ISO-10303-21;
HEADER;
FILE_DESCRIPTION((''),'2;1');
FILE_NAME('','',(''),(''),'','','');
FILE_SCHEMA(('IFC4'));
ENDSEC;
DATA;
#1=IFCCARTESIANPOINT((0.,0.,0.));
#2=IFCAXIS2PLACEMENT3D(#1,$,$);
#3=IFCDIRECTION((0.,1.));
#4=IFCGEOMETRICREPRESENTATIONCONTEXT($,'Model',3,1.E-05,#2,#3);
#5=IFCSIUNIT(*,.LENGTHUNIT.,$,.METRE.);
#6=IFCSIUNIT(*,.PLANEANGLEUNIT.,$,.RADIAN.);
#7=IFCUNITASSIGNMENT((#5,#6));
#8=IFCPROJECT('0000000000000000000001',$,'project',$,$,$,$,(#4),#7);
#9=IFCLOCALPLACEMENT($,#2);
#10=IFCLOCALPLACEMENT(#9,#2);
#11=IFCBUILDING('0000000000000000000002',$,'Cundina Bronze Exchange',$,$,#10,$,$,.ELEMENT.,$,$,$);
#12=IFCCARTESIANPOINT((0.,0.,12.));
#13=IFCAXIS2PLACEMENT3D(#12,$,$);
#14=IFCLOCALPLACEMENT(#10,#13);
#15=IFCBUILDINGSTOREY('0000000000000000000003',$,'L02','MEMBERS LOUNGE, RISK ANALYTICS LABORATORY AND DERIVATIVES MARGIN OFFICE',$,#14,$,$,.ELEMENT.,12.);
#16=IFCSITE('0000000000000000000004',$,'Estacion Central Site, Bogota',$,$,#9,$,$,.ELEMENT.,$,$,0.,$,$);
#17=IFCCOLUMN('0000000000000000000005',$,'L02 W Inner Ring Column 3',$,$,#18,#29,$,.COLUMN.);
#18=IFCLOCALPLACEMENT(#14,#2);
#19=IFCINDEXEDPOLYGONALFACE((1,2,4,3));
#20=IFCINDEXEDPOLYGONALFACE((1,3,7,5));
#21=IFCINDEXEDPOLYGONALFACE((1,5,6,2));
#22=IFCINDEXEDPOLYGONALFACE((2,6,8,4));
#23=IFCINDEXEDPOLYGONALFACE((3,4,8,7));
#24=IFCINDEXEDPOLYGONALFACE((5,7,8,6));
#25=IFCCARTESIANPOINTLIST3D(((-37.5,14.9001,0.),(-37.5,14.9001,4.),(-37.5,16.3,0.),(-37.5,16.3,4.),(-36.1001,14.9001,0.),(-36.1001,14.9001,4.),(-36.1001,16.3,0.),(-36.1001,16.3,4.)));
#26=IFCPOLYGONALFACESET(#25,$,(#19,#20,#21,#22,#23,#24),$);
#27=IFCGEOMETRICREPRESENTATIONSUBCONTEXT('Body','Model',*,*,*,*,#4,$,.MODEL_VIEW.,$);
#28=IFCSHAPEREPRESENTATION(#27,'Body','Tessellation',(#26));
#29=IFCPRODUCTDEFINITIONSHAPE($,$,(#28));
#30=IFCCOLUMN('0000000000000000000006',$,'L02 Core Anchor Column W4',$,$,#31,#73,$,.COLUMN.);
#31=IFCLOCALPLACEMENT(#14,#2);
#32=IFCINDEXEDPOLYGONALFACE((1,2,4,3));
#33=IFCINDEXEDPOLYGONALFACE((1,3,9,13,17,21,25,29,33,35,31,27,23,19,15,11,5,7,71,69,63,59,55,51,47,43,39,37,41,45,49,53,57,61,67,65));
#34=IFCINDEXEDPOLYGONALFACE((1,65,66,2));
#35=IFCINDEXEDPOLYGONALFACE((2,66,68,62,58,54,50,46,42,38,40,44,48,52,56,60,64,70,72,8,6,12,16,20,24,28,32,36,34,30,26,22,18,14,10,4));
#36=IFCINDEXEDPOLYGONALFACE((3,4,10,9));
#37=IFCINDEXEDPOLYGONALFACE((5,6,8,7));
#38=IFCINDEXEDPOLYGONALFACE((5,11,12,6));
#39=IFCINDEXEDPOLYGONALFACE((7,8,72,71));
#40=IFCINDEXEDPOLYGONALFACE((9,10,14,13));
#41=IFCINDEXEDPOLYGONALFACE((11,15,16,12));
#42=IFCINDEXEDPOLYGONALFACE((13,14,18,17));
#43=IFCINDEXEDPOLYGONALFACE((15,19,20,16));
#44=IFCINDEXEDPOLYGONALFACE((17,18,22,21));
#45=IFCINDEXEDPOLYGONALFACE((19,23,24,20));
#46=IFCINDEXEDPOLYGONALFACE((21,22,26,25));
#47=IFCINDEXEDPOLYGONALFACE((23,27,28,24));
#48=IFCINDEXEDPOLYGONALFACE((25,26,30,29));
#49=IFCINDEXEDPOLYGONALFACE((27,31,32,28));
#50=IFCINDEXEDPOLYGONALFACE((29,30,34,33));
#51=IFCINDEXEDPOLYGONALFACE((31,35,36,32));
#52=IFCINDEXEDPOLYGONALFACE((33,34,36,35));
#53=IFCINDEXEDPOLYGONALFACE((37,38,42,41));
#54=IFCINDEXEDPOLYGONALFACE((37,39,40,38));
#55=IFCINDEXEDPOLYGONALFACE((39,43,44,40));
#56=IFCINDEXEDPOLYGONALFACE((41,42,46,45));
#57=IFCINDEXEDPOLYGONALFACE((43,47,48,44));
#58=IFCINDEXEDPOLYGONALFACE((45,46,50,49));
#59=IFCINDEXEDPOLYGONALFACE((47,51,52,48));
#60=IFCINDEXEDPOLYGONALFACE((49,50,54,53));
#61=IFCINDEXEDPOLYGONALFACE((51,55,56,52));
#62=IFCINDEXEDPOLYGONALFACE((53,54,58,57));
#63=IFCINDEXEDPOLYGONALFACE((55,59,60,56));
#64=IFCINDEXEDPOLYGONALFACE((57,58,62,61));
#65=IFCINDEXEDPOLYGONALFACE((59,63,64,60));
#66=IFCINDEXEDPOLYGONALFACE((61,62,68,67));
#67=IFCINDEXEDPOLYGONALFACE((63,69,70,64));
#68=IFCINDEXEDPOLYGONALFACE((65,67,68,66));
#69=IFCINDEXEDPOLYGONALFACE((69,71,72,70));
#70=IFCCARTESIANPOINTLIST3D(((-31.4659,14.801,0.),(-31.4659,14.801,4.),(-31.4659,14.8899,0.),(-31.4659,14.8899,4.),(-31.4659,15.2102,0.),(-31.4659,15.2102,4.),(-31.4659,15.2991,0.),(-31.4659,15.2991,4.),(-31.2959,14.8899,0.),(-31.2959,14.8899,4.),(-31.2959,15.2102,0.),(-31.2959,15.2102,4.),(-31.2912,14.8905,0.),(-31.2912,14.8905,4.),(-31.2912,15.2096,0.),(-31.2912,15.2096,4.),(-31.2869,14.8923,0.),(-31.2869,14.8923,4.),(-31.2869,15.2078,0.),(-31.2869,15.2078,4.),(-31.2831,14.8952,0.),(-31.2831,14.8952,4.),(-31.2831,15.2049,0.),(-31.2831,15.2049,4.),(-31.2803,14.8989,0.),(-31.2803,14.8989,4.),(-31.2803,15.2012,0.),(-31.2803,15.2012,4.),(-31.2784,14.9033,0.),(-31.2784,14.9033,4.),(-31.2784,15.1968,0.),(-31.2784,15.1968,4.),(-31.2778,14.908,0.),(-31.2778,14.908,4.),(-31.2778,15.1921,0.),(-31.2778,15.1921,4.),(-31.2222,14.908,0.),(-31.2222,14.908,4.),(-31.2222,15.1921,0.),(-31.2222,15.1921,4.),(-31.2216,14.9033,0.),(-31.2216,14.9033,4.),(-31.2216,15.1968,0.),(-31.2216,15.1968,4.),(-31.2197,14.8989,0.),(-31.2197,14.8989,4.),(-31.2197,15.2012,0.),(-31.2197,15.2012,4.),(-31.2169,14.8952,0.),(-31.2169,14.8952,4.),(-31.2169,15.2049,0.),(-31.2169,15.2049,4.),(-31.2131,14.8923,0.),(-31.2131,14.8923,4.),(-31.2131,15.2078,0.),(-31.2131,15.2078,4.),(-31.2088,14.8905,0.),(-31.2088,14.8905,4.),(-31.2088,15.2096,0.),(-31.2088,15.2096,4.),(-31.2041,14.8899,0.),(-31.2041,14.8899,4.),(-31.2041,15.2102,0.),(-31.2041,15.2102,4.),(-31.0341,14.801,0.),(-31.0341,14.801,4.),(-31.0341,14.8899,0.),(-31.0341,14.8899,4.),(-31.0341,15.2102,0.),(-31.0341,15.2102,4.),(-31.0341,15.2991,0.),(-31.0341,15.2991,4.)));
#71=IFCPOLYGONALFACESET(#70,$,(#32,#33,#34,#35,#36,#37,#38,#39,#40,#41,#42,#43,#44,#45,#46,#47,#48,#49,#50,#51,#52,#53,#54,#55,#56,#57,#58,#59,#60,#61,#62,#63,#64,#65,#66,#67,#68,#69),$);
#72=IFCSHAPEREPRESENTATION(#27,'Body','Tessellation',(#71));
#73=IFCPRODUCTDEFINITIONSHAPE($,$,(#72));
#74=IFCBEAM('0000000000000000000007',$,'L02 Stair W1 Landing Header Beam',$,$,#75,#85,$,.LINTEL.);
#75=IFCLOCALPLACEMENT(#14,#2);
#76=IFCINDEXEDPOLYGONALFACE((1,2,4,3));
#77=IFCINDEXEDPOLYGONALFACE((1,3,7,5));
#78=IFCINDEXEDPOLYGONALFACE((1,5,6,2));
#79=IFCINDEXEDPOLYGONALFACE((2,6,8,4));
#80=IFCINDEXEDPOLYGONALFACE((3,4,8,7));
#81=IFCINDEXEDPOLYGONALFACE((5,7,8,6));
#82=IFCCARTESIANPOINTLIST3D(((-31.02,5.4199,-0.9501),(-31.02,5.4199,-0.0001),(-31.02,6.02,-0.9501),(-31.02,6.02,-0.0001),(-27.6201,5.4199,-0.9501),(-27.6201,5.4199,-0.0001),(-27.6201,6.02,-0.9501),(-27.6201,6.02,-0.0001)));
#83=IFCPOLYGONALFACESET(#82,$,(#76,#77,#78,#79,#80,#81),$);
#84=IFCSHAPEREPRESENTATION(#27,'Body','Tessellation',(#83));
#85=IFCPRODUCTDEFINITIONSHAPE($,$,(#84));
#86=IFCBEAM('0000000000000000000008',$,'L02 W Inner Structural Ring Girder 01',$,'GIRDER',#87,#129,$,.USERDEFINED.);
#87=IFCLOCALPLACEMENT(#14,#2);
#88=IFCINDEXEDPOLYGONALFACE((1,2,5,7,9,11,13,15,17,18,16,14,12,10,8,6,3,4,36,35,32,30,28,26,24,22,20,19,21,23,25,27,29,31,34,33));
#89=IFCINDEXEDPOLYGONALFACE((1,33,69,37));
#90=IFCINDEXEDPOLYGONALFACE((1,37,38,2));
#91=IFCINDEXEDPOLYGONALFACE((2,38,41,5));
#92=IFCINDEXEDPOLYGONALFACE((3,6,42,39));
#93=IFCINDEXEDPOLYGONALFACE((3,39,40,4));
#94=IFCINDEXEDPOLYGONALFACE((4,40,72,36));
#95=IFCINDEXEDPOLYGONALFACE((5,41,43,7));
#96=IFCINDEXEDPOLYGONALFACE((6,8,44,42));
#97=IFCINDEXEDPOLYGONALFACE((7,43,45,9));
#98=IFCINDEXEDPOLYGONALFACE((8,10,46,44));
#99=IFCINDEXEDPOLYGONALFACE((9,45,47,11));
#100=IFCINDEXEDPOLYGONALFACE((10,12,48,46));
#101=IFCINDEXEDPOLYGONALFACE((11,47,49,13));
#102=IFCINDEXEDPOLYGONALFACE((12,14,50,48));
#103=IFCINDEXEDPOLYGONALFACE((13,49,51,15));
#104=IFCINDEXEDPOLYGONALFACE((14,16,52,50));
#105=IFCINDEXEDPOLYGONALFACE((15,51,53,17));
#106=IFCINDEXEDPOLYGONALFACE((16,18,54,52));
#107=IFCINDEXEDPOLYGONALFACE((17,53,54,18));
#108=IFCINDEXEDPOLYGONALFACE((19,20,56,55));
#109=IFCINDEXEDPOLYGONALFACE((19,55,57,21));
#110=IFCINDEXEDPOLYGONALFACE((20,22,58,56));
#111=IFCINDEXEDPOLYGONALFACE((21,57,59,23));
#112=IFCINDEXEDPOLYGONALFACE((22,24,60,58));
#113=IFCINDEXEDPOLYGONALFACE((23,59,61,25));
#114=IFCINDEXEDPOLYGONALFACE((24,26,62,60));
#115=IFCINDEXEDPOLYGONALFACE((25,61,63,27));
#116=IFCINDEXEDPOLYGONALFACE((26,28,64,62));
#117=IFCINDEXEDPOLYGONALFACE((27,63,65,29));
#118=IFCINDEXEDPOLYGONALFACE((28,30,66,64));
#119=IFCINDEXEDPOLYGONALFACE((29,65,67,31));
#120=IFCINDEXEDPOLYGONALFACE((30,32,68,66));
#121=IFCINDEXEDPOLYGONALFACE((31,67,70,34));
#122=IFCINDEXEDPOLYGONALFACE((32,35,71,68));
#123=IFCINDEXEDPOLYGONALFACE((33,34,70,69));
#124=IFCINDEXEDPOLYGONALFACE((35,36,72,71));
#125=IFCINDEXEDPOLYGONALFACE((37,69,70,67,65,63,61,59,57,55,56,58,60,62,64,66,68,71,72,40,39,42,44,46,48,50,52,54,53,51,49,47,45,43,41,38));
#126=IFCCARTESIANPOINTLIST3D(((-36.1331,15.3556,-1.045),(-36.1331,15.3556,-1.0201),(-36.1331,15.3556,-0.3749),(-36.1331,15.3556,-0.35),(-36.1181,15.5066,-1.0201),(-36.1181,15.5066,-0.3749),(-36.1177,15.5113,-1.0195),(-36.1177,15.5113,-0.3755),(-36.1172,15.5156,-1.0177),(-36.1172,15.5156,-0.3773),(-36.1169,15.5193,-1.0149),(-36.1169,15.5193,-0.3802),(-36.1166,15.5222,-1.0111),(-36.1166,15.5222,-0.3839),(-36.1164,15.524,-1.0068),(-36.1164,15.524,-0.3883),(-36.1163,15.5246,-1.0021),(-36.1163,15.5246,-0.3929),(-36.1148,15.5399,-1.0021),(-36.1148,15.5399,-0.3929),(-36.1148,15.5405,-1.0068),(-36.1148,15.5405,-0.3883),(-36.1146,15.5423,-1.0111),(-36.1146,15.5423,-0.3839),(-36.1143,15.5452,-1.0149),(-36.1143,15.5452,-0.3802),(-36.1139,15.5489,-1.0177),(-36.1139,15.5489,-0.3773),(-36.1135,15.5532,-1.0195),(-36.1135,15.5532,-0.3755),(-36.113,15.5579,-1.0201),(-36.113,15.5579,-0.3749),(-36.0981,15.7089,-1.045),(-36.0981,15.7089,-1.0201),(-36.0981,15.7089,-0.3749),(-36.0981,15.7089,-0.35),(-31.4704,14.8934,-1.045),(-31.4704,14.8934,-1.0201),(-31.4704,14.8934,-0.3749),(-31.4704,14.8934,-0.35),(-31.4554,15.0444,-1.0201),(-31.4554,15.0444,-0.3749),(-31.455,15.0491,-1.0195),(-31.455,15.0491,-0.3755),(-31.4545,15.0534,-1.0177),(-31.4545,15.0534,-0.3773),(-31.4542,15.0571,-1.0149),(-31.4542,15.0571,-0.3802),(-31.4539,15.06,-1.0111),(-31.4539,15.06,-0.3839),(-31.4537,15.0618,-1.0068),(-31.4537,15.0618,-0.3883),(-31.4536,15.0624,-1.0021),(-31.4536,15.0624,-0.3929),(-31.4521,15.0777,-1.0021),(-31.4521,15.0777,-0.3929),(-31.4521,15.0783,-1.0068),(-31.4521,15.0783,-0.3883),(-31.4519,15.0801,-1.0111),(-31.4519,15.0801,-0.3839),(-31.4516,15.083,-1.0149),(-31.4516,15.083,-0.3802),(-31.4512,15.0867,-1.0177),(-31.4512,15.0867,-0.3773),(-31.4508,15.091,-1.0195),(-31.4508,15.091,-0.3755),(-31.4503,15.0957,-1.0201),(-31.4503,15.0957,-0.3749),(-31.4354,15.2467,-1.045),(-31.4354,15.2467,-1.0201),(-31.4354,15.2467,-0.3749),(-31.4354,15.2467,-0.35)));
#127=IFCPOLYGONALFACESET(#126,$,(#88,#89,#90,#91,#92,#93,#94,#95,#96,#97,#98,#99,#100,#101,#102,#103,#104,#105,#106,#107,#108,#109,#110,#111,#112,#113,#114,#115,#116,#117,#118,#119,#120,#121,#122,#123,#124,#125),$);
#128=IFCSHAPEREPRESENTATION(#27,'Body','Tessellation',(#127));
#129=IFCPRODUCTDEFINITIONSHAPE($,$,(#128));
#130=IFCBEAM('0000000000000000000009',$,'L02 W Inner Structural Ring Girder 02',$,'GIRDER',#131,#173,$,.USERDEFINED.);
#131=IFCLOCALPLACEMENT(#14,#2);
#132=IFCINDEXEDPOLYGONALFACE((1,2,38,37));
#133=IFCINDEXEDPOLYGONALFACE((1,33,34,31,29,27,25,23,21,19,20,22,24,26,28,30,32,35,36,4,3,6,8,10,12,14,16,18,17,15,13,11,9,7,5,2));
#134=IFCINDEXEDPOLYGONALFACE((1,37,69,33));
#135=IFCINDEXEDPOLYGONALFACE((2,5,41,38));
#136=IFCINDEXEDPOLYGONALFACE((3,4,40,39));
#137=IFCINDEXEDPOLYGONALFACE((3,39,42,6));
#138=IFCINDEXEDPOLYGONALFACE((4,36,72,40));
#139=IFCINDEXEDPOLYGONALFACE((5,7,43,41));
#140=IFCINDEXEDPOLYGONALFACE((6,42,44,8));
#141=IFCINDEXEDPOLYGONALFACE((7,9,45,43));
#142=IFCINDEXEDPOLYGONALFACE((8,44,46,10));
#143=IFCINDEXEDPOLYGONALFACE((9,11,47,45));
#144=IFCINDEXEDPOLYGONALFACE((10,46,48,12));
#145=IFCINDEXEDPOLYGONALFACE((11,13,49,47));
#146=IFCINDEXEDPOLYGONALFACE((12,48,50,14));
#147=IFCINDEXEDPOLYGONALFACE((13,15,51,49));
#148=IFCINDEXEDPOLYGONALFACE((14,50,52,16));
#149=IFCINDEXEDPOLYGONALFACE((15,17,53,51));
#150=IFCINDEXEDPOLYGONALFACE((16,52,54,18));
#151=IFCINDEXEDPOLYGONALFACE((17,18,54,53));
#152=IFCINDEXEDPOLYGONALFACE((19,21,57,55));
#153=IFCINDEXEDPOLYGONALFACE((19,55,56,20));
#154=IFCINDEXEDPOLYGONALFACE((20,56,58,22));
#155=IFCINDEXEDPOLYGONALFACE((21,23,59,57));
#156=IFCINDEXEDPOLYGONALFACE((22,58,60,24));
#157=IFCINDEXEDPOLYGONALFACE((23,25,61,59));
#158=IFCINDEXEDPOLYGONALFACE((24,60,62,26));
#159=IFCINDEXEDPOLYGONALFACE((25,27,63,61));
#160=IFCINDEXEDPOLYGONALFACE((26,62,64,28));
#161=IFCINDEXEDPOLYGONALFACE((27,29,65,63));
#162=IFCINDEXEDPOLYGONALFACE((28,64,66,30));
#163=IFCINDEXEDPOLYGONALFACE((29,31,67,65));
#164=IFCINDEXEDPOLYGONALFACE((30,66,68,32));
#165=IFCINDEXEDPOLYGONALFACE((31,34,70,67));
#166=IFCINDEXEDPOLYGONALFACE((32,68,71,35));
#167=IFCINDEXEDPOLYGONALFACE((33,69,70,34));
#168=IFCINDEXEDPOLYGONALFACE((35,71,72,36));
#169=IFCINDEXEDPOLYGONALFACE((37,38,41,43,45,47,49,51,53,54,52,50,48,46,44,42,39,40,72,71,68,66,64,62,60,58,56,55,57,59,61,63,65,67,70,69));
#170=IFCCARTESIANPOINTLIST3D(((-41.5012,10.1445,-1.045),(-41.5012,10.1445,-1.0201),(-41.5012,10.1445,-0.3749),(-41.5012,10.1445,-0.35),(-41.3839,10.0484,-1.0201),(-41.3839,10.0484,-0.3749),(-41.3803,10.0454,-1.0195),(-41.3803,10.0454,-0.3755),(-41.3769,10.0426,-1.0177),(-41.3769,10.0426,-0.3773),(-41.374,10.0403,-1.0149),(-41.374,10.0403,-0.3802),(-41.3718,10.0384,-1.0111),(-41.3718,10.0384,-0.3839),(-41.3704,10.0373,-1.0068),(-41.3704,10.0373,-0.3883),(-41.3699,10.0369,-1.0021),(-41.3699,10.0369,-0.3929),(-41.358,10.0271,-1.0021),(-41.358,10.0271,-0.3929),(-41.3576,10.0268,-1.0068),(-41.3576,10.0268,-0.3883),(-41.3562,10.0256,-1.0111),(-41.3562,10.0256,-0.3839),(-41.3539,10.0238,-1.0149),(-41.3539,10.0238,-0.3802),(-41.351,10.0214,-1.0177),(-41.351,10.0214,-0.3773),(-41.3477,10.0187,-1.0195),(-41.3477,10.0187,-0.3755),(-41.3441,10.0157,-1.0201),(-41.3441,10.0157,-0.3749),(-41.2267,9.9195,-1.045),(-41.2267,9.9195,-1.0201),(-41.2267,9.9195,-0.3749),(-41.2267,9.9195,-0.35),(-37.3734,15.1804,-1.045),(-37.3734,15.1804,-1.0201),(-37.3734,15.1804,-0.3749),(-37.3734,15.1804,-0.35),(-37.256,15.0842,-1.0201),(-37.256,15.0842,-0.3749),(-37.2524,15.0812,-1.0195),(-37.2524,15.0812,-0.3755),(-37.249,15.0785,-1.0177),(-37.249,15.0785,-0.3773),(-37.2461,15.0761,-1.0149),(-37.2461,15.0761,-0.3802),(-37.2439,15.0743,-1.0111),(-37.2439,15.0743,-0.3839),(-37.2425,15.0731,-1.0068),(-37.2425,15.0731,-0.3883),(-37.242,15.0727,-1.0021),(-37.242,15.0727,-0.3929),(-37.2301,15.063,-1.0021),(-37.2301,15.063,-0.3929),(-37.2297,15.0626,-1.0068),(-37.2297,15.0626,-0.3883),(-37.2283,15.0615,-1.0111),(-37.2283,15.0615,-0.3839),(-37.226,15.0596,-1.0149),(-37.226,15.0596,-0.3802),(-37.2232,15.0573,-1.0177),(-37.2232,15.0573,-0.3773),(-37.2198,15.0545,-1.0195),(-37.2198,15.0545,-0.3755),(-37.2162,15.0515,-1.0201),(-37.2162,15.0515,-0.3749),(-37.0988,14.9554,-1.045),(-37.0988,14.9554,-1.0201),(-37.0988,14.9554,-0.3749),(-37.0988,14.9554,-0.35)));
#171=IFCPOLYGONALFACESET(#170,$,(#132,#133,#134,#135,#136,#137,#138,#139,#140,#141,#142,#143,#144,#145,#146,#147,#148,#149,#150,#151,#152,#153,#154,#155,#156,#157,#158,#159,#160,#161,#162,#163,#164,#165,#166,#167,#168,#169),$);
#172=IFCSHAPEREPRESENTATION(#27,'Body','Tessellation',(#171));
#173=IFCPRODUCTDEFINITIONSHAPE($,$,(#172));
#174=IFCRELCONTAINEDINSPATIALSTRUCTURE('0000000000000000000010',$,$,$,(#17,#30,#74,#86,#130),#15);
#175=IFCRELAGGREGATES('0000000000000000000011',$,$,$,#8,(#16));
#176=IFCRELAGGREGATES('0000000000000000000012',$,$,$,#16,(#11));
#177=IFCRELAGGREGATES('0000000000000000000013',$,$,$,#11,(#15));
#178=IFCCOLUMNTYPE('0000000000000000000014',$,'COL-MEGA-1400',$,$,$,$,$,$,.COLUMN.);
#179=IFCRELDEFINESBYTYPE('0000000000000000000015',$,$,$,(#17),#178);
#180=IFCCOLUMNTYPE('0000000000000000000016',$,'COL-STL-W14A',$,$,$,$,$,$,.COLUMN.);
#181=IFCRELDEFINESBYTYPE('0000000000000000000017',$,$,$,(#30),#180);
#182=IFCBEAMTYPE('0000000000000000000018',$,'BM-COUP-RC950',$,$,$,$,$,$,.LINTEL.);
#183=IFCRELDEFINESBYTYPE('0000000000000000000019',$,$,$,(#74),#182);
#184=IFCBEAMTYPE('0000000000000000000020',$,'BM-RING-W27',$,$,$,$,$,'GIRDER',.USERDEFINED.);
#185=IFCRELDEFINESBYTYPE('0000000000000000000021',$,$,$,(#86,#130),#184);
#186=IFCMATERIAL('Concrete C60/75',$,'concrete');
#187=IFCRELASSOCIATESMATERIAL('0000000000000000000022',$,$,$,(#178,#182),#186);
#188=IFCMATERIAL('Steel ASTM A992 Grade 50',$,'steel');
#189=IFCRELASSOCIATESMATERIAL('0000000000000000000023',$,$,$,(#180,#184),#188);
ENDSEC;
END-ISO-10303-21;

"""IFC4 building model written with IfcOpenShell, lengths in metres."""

from ifc_helpers import new_model, si_unit, direction, frame, origin, origin_2d, place, context, subcontext, project, spatial, rectangle, i_section, extrude, material, material_profile, profile_set, type_object, element, save


model = new_model("IFC4")

# Units and contexts
model_context = context("Model", 3, precision=1e-05, world=origin(), true_north=direction((0.0, 1.0)))
body_context = subcontext(model_context, "Body", "Model", "MODEL_VIEW")
ifc_project = project(units=[si_unit("LENGTHUNIT", "METRE"), si_unit("PLANEANGLEUNIT", "RADIAN")], contexts=[model_context])

# Site, building, storey
site_placement = place(None, origin())
site = spatial("IfcSite", under=ifc_project, at=site_placement, Name="Estacion Central Site, Bogota", CompositionType="ELEMENT", RefElevation=0.0)
building_placement = place(site_placement, origin())
building = spatial("IfcBuilding", under=site, at=building_placement, Name="Cundina Bronze Exchange", CompositionType="ELEMENT")
storey_placement = place(building_placement, frame((0.0, 0.0, 12.0)))
storey = spatial("IfcBuildingStorey", under=building, at=storey_placement, Name="L02", Description="MEMBERS LOUNGE, RISK ANALYTICS LABORATORY AND DERIVATIVES MARGIN OFFICE", CompositionType="ELEMENT", Elevation=12.0)

# Columns
ifc_material_1 = material(Name="Concrete C60/75", Category="concrete")
ifc_material_profile_1 = material_profile(ifc_material_1, rectangle(XDim=1.3999, YDim=1.3999, at=origin_2d()), Name="RC1400X1400", Category="concrete")
ifc_profile_set_1 = profile_set([ifc_material_profile_1], Name="Concrete C60/75")
column_type_1 = type_object("IfcColumnType", Name="COL-MEGA-1400", PredefinedType="COLUMN", material=ifc_profile_set_1)
column_1_placement = place(storey_placement, frame((-36.8, 15.6001, 0.0), z_axis=(0.0, 0.0, 1.0), x_axis=(1.0, 0.0, 0.0)))
element("IfcColumn", 1, at=column_1_placement, inside=storey, type_object=column_type_1, Name="L02 W Inner Ring Column 3", PredefinedType="COLUMN", context=body_context, shape_type="SweptSolid", body=[
    extrude(rectangle(XDim=1.3999, YDim=1.3999, at=origin_2d()), origin(), (0.0, 0.0, 1.0), 4.0),
])
ifc_material_2 = material(Name="Steel ASTM A992 Grade 50", Category="steel")
ifc_material_profile_2 = material_profile(ifc_material_2, i_section(OverallWidth=0.4319, OverallDepth=0.498, WebThickness=0.0557, FlangeThickness=0.0889, FilletRadius=0.0181, at=origin_2d()), Name="W14X500", Category="steel")
ifc_profile_set_2 = profile_set([ifc_material_profile_2], Name="Steel ASTM A992 Grade 50")
column_type_2 = type_object("IfcColumnType", Name="COL-STL-W14A", PredefinedType="COLUMN", material=ifc_profile_set_2)
column_2_placement = place(storey_placement, frame((-31.25, 15.05, 0.0), z_axis=(0.0, 0.0, 1.0), x_axis=(1.0, 0.0, 0.0)))
element("IfcColumn", 2, at=column_2_placement, inside=storey, type_object=column_type_2, Name="L02 Core Anchor Column W4", PredefinedType="COLUMN", context=body_context, shape_type="SweptSolid", body=[
    extrude(i_section(OverallWidth=0.4319, OverallDepth=0.498, WebThickness=0.0557, FlangeThickness=0.0889, FilletRadius=0.0181, at=origin_2d()), origin(), (0.0, 0.0, 1.0), 4.0),
])

# Beams
ifc_material_profile_3 = material_profile(ifc_material_1, rectangle(XDim=0.6001, YDim=0.95, at=origin_2d()), Name="RC600X950", Category="concrete")
ifc_profile_set_3 = profile_set([ifc_material_profile_3], Name="Concrete C60/75")
beam_type_1 = type_object("IfcBeamType", Name="BM-COUP-RC950", PredefinedType="LINTEL", material=ifc_profile_set_3)
beam_1_placement = place(storey_placement, frame((-31.02, 5.72, -0.4751), z_axis=(1.0, 0.0, 0.0), x_axis=(0.0, 1.0, 0.0)))
element("IfcBeam", 3, at=beam_1_placement, inside=storey, type_object=beam_type_1, Name="L02 Stair W1 Landing Header Beam", PredefinedType="LINTEL", context=body_context, shape_type="SweptSolid", body=[
    extrude(rectangle(XDim=0.6001, YDim=0.95, at=origin_2d()), origin(), (0.0, 0.0, 1.0), 3.3999),
])
ifc_material_profile_4 = material_profile(ifc_material_2, i_section(OverallWidth=0.355, OverallDepth=0.6951, WebThickness=0.0154, FlangeThickness=0.0249, FilletRadius=0.0181, at=origin_2d()), Name="W27X146", Category="steel")
ifc_profile_set_4 = profile_set([ifc_material_profile_4], Name="Steel ASTM A992 Grade 50")
beam_type_2 = type_object("IfcBeamType", Name="BM-RING-W27", ElementType="GIRDER", PredefinedType="USERDEFINED", material=ifc_profile_set_4)
beam_2_placement = place(storey_placement, frame((-31.4529, 15.0701, -0.6975), z_axis=(-0.995123, 0.098637, 0.0), x_axis=(-0.098637, -0.995123, 0.0)))
element("IfcBeam", 4, at=beam_2_placement, inside=storey, type_object=beam_type_2, Name="L02 W Inner Structural Ring Girder 01", ObjectType="GIRDER", PredefinedType="USERDEFINED", context=body_context, shape_type="SweptSolid", body=[
    extrude(i_section(OverallWidth=0.355, OverallDepth=0.6951, WebThickness=0.0154, FlangeThickness=0.0249, FilletRadius=0.0181, at=origin_2d()), origin(), (0.0, 0.0, 1.0), 4.6855),
])
beam_3_placement = place(storey_placement, frame((-37.2361, 15.0679, -0.6975), z_axis=(-0.633942, -0.773381, 0.0), x_axis=(0.773381, -0.633942, 0.0)))
element("IfcBeam", 5, at=beam_3_placement, inside=storey, type_object=beam_type_2, Name="L02 W Inner Structural Ring Girder 02", ObjectType="GIRDER", PredefinedType="USERDEFINED", context=body_context, shape_type="SweptSolid", body=[
    extrude(i_section(OverallWidth=0.355, OverallDepth=0.6951, WebThickness=0.0154, FlangeThickness=0.0249, FilletRadius=0.0181, at=origin_2d()), origin(), (0.0, 0.0, 1.0), 6.5115),
])

save(model, "model.ifc")
